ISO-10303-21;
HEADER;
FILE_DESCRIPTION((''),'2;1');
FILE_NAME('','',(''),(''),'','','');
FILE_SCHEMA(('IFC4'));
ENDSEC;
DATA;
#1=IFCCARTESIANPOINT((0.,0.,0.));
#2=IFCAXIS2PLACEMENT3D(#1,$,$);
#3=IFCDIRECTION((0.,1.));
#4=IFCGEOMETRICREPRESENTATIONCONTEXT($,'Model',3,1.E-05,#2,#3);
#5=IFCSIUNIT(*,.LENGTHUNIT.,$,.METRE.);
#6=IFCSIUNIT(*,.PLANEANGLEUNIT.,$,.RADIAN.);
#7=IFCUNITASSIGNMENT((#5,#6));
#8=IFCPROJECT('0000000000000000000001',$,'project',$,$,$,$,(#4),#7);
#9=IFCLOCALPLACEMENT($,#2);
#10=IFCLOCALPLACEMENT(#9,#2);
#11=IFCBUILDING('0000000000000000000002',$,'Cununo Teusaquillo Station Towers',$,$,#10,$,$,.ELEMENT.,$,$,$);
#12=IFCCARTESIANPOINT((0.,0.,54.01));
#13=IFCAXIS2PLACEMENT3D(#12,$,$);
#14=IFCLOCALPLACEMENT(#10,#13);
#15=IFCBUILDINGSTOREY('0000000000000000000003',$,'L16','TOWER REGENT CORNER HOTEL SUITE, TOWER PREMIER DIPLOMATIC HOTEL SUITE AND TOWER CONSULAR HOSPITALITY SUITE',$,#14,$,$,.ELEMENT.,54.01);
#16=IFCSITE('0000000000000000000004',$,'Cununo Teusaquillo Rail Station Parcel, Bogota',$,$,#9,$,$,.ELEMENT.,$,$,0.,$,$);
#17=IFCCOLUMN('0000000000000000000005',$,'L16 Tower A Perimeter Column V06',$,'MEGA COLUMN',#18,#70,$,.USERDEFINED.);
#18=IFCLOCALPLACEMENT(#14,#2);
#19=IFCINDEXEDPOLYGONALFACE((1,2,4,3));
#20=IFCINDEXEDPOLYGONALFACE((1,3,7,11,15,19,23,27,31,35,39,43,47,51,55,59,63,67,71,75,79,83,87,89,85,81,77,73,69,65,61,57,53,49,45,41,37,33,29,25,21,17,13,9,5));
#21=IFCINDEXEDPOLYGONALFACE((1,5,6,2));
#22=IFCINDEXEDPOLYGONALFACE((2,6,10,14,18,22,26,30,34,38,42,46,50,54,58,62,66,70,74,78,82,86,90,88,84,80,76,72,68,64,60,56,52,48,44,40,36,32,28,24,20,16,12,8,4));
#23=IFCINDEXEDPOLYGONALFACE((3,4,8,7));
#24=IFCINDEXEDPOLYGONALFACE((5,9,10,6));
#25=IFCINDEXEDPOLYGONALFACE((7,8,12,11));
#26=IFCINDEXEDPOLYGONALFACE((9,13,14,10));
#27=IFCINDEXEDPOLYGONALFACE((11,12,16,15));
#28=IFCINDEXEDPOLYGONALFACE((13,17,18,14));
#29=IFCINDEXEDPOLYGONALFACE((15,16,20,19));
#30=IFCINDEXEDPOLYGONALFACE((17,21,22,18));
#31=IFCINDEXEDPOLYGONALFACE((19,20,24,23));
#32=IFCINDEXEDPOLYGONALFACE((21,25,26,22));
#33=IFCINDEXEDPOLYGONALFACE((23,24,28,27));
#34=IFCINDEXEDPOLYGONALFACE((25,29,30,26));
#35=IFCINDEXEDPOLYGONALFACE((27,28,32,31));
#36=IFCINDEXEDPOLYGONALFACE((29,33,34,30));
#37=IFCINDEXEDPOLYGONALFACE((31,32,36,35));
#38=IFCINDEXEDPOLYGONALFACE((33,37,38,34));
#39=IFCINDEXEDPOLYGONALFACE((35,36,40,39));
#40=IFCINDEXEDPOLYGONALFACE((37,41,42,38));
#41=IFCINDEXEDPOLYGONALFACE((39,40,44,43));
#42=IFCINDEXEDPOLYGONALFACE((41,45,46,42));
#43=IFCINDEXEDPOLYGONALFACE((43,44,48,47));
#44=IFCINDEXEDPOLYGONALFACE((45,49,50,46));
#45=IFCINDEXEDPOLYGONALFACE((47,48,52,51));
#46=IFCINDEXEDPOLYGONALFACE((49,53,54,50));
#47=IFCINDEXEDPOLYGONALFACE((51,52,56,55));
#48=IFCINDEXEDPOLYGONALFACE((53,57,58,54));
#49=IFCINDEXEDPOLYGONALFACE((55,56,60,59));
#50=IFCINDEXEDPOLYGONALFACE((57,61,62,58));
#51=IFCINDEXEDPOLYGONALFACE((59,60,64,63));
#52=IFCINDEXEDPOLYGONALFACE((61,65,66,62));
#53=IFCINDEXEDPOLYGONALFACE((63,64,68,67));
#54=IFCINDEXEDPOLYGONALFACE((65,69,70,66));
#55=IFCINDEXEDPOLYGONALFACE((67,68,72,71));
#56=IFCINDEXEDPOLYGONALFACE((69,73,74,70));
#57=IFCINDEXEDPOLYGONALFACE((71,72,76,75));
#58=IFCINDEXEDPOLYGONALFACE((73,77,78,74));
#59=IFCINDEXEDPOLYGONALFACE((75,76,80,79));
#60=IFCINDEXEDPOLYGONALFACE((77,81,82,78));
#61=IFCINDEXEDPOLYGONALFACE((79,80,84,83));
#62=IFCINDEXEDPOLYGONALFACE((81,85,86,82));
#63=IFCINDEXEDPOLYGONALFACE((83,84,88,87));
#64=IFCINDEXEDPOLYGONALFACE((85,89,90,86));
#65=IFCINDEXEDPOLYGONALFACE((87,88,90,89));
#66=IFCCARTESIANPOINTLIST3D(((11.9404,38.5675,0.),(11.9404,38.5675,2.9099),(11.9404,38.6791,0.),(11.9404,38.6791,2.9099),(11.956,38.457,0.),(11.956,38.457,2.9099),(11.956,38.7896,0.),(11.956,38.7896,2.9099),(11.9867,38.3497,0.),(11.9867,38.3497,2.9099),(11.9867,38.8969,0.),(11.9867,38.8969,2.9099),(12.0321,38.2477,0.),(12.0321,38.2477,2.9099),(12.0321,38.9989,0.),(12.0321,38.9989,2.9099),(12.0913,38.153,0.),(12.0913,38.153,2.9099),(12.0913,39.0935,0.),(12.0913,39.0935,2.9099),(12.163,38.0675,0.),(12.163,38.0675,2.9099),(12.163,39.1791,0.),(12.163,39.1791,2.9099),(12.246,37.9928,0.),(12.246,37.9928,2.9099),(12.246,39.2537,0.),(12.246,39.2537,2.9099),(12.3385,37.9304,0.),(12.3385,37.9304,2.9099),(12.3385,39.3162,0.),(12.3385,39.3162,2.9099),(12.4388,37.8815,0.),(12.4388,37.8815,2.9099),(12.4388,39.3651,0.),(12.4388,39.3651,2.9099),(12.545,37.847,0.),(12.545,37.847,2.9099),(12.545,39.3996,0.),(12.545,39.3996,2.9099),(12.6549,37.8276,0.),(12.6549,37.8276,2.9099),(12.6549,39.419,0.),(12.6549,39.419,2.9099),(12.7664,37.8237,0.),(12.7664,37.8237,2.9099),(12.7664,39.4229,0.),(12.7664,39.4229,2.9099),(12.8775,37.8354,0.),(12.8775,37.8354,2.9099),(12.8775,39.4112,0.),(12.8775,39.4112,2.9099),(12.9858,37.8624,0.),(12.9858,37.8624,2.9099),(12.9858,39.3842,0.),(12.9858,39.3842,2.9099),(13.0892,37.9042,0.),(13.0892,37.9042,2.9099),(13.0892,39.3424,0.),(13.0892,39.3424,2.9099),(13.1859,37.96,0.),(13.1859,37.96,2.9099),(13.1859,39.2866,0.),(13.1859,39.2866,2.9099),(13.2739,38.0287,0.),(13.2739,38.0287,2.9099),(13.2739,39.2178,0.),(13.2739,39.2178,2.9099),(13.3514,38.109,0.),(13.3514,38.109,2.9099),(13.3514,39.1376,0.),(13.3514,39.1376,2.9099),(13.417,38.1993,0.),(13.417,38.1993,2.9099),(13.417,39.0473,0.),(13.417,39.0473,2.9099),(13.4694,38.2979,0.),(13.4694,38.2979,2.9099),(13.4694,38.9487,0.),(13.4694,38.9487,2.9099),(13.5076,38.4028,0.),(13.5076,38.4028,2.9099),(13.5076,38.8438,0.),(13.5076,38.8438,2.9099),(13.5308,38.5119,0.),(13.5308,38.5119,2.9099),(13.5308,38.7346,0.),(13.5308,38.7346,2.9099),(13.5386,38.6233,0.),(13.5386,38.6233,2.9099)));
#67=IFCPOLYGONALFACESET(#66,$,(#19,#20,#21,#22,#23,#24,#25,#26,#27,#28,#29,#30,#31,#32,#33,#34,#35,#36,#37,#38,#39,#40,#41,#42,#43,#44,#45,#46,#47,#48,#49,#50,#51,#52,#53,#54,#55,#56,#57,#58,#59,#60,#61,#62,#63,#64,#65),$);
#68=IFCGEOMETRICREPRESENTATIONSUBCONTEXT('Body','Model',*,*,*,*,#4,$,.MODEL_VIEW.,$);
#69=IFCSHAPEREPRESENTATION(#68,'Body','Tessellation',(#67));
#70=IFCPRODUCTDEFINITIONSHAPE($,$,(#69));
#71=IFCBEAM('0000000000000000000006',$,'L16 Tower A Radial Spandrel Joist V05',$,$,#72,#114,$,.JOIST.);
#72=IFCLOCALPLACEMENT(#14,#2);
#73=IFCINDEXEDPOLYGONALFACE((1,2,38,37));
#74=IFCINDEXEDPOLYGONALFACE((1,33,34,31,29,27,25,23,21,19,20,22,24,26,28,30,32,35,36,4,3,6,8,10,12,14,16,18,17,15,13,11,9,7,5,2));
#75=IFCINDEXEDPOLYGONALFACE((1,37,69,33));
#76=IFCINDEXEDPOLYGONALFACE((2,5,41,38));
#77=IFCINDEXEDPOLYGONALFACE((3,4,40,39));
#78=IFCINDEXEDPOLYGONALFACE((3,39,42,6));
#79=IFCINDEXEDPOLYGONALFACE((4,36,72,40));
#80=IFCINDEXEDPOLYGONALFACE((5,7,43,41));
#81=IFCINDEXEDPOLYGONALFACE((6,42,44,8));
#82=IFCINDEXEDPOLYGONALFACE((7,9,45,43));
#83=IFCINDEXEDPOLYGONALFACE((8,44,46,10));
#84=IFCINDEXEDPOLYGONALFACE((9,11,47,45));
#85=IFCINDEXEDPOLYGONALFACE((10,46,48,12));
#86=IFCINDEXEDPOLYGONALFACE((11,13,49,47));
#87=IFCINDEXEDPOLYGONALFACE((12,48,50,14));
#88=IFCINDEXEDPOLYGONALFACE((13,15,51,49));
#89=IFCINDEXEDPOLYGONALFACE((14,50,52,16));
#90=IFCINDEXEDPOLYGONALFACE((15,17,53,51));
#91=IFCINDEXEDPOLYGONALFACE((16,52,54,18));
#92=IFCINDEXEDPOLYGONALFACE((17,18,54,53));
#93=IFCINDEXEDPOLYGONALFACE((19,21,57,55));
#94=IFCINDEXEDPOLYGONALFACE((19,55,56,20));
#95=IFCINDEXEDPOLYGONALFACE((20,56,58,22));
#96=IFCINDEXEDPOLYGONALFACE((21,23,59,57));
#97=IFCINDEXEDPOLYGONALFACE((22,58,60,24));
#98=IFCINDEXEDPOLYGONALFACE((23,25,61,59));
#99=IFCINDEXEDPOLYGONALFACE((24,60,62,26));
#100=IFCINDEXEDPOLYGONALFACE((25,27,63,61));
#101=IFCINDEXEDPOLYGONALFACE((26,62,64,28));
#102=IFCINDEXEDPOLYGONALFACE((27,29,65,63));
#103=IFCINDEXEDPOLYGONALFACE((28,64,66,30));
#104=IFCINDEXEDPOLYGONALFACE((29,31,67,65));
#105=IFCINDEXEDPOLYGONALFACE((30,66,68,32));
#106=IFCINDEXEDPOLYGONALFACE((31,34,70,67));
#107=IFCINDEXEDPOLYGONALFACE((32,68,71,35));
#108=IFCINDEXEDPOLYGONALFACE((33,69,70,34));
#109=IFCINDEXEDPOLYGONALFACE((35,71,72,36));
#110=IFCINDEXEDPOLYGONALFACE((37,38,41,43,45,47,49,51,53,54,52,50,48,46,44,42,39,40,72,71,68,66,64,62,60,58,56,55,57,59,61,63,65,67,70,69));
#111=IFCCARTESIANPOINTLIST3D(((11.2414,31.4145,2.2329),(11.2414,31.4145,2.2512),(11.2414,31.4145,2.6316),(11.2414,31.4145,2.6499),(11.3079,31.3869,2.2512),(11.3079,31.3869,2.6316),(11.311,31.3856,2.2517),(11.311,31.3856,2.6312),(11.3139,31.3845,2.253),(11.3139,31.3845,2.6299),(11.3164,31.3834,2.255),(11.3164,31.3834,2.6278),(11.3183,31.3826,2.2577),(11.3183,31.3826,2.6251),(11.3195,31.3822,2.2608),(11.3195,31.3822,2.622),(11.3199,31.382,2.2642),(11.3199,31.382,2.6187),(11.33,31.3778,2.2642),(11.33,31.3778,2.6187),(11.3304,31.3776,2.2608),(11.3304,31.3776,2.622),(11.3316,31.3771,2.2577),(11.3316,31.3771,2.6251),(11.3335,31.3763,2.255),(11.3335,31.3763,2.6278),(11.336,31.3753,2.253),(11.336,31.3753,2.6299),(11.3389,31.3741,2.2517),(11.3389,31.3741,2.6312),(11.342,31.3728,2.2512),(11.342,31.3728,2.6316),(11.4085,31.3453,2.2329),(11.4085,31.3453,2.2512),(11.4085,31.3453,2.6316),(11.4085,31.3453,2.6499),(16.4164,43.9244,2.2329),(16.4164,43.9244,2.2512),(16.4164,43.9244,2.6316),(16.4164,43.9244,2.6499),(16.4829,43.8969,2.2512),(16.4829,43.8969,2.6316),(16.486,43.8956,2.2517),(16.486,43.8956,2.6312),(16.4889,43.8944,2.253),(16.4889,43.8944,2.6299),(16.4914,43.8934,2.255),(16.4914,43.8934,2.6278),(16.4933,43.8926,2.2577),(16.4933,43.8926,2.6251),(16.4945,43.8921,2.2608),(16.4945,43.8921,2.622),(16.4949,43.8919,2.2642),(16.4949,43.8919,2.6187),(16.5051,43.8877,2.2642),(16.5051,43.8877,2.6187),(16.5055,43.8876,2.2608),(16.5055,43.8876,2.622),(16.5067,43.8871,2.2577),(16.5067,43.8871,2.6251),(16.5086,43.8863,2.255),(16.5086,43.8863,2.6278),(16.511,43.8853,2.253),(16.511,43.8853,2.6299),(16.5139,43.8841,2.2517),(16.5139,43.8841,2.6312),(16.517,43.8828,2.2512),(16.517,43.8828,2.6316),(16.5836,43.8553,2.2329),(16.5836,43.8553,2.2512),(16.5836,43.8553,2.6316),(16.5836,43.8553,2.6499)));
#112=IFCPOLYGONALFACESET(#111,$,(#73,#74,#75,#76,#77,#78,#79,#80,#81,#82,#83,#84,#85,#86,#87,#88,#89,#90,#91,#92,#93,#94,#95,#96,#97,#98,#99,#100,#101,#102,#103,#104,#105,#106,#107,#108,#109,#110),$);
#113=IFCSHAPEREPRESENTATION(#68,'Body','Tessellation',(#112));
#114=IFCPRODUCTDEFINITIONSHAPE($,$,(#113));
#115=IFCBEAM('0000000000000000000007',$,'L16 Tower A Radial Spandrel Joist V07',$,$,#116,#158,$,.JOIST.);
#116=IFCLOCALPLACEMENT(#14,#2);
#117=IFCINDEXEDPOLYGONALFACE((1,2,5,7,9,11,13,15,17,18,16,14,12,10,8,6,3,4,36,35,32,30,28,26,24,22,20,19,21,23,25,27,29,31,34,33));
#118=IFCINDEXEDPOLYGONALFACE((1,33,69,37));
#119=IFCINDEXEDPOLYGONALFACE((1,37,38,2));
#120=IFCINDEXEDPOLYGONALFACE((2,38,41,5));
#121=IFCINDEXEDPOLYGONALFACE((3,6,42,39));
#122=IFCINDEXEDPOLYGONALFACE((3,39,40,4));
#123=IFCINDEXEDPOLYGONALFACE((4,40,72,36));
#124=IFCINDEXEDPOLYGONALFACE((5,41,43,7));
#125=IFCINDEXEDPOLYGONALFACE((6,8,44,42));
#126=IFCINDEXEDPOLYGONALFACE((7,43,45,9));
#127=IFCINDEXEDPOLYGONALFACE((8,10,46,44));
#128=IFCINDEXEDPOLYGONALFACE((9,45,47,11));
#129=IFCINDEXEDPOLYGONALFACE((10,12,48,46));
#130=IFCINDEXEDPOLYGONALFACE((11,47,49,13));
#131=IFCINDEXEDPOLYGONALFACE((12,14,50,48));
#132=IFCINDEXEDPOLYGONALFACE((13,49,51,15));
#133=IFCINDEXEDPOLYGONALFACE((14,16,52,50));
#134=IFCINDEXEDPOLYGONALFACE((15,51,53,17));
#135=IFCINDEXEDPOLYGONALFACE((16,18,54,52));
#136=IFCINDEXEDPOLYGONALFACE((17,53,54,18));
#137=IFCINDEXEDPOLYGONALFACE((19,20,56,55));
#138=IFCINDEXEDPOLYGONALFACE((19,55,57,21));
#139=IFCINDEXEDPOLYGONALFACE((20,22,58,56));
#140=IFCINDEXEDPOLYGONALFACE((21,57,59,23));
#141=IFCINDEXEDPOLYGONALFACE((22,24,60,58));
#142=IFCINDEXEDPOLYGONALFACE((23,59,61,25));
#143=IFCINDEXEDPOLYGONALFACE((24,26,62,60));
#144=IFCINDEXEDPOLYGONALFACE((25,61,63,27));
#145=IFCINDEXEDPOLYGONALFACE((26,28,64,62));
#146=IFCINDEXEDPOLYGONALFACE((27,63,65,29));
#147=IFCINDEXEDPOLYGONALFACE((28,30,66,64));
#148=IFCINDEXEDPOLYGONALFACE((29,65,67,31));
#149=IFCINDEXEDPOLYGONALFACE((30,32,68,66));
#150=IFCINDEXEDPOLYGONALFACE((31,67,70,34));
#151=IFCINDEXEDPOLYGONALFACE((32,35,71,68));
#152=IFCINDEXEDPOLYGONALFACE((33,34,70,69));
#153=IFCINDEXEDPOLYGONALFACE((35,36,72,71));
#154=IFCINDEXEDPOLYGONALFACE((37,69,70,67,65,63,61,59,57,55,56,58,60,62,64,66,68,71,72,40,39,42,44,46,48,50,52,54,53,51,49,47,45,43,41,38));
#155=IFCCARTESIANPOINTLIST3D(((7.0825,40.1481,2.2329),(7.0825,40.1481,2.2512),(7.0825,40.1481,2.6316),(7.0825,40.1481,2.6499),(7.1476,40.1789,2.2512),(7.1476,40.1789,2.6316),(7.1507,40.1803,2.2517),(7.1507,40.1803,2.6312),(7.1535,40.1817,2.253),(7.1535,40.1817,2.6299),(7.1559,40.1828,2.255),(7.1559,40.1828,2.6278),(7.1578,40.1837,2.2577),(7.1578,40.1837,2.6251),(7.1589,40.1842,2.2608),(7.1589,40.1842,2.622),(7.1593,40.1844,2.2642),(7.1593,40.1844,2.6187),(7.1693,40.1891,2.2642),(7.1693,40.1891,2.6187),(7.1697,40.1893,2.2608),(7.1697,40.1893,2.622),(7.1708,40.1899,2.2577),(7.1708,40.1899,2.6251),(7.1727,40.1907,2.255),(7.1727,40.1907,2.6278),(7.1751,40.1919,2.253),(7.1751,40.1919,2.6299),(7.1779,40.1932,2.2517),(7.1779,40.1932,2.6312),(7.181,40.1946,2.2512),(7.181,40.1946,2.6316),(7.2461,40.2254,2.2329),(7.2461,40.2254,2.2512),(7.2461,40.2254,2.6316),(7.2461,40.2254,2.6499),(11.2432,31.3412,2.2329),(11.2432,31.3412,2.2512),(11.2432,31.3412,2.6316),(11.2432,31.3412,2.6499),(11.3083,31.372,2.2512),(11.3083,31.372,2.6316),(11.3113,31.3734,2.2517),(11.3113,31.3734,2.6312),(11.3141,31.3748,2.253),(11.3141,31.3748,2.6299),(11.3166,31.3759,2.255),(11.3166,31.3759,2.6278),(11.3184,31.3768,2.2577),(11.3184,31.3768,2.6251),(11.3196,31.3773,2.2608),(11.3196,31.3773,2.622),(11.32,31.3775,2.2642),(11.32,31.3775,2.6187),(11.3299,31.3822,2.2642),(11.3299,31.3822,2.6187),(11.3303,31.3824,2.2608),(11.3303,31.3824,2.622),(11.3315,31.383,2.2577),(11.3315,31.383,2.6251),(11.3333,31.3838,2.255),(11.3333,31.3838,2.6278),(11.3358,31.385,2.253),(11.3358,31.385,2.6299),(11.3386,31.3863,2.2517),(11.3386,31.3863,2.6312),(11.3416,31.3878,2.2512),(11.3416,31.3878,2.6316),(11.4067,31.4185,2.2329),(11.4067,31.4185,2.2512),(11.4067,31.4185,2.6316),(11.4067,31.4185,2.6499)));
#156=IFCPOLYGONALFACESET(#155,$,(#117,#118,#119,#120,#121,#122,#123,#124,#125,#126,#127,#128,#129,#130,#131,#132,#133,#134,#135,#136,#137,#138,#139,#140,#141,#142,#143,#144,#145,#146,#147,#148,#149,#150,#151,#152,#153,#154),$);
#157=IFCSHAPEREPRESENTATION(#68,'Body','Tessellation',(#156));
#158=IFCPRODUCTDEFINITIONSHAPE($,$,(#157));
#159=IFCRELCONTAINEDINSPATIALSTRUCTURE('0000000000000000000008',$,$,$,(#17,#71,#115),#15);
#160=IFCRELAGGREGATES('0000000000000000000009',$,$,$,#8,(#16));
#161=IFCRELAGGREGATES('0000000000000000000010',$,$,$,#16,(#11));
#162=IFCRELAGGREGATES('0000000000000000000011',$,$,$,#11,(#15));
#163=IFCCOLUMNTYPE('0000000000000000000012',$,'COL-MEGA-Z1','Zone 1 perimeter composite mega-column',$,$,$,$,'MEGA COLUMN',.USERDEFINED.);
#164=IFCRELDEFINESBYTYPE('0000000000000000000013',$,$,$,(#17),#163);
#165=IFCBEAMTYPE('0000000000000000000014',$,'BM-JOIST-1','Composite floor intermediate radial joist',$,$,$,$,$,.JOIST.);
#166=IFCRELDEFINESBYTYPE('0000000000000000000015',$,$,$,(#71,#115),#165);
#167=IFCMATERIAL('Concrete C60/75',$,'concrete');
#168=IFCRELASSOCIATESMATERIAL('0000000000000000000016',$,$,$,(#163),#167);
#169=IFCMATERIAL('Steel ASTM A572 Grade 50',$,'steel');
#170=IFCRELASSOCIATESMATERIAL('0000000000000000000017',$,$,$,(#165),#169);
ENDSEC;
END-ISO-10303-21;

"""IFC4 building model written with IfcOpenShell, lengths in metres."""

from ifc_helpers import new_model, si_unit, direction, frame, origin, origin_2d, place, context, subcontext, project, spatial, circle, i_section, extrude, material, material_profile, profile_set, type_object, element, save


model = new_model("IFC4")

# Units and contexts
model_context = context("Model", 3, precision=1e-05, world=origin(), true_north=direction((0.0, 1.0)))
body_context = subcontext(model_context, "Body", "Model", "MODEL_VIEW")
ifc_project = project(units=[si_unit("LENGTHUNIT", "METRE"), si_unit("PLANEANGLEUNIT", "RADIAN")], contexts=[model_context])

# Site, building, storey
site_placement = place(None, origin())
site = spatial("IfcSite", under=ifc_project, at=site_placement, Name="Cununo Teusaquillo Rail Station Parcel, Bogota", CompositionType="ELEMENT", RefElevation=0.0)
building_placement = place(site_placement, origin())
building = spatial("IfcBuilding", under=site, at=building_placement, Name="Cununo Teusaquillo Station Towers", CompositionType="ELEMENT")
storey_placement = place(building_placement, frame((0.0, 0.0, 54.01)))
storey = spatial("IfcBuildingStorey", under=building, at=storey_placement, Name="L16", Description="TOWER REGENT CORNER HOTEL SUITE, TOWER PREMIER DIPLOMATIC HOTEL SUITE AND TOWER CONSULAR HOSPITALITY SUITE", CompositionType="ELEMENT", Elevation=54.01)

# Column
ifc_material_1 = material(Name="Concrete C60/75", Category="concrete")
ifc_material_profile_1 = material_profile(ifc_material_1, circle(Radius=0.8, at=origin_2d()), Name="RC-CIRC-1600")
ifc_profile_set_1 = profile_set([ifc_material_profile_1], Name="Concrete C60/75")
column_type = type_object("IfcColumnType", Name="COL-MEGA-Z1", Description="Zone 1 perimeter composite mega-column", ElementType="MEGA COLUMN", PredefinedType="USERDEFINED", material=ifc_profile_set_1)
column_placement = place(storey_placement, frame((12.7385, 38.6233, 0.0), z_axis=(0.0, 0.0, 1.0), x_axis=(1.0, 0.0, 0.0)))
element("IfcColumn", 1, at=column_placement, inside=storey, type_object=column_type, Name="L16 Tower A Perimeter Column V06", ObjectType="MEGA COLUMN", PredefinedType="USERDEFINED", context=body_context, shape_type="SweptSolid", body=[
    extrude(circle(Radius=0.8, at=origin_2d()), origin(), (0.0, 0.0, 1.0), 2.9099),
])

# Beams
ifc_material_2 = material(Name="Steel ASTM A572 Grade 50", Category="steel")
ifc_material_profile_2 = material_profile(ifc_material_2, i_section(OverallWidth=0.1809, OverallDepth=0.417, WebThickness=0.011, FlangeThickness=0.0183, FilletRadius=0.0129, at=origin_2d()), Name="W16X57")
ifc_profile_set_2 = profile_set([ifc_material_profile_2], Name="Steel ASTM A572 Grade 50")
beam_type_1 = type_object("IfcBeamType", Name="BM-JOIST-1", Description="Composite floor intermediate radial joist", PredefinedType="JOIST", material=ifc_profile_set_2)
beam_1_placement = place(storey_placement, frame((11.325, 31.3799, 2.4414), z_axis=(0.382257, 0.924056, 0.0), x_axis=(-0.924056, 0.382257, 0.0)))
element("IfcBeam", 2, at=beam_1_placement, inside=storey, type_object=beam_type_1, Name="L16 Tower A Radial Spandrel Joist V05", PredefinedType="JOIST", context=body_context, shape_type="SweptSolid", body=[
    extrude(i_section(OverallWidth=0.1809, OverallDepth=0.417, WebThickness=0.011, FlangeThickness=0.0183, FilletRadius=0.0129, at=origin_2d()), origin(), (0.0, 0.0, 1.0), 13.5381),
])
beam_2_placement = place(storey_placement, frame((11.325, 31.3799, 2.4414), z_axis=(-0.427161, 0.904176, 0.0), x_axis=(-0.904176, -0.427161, 0.0)))
element("IfcBeam", 3, at=beam_2_placement, inside=storey, type_object=beam_type_1, Name="L16 Tower A Radial Spandrel Joist V07", PredefinedType="JOIST", context=body_context, shape_type="SweptSolid", body=[
    extrude(i_section(OverallWidth=0.1809, OverallDepth=0.417, WebThickness=0.011, FlangeThickness=0.0183, FilletRadius=0.0129, at=origin_2d()), origin(), (0.0, 0.0, 1.0), 9.7402),
])

save(model, "model.ifc")
